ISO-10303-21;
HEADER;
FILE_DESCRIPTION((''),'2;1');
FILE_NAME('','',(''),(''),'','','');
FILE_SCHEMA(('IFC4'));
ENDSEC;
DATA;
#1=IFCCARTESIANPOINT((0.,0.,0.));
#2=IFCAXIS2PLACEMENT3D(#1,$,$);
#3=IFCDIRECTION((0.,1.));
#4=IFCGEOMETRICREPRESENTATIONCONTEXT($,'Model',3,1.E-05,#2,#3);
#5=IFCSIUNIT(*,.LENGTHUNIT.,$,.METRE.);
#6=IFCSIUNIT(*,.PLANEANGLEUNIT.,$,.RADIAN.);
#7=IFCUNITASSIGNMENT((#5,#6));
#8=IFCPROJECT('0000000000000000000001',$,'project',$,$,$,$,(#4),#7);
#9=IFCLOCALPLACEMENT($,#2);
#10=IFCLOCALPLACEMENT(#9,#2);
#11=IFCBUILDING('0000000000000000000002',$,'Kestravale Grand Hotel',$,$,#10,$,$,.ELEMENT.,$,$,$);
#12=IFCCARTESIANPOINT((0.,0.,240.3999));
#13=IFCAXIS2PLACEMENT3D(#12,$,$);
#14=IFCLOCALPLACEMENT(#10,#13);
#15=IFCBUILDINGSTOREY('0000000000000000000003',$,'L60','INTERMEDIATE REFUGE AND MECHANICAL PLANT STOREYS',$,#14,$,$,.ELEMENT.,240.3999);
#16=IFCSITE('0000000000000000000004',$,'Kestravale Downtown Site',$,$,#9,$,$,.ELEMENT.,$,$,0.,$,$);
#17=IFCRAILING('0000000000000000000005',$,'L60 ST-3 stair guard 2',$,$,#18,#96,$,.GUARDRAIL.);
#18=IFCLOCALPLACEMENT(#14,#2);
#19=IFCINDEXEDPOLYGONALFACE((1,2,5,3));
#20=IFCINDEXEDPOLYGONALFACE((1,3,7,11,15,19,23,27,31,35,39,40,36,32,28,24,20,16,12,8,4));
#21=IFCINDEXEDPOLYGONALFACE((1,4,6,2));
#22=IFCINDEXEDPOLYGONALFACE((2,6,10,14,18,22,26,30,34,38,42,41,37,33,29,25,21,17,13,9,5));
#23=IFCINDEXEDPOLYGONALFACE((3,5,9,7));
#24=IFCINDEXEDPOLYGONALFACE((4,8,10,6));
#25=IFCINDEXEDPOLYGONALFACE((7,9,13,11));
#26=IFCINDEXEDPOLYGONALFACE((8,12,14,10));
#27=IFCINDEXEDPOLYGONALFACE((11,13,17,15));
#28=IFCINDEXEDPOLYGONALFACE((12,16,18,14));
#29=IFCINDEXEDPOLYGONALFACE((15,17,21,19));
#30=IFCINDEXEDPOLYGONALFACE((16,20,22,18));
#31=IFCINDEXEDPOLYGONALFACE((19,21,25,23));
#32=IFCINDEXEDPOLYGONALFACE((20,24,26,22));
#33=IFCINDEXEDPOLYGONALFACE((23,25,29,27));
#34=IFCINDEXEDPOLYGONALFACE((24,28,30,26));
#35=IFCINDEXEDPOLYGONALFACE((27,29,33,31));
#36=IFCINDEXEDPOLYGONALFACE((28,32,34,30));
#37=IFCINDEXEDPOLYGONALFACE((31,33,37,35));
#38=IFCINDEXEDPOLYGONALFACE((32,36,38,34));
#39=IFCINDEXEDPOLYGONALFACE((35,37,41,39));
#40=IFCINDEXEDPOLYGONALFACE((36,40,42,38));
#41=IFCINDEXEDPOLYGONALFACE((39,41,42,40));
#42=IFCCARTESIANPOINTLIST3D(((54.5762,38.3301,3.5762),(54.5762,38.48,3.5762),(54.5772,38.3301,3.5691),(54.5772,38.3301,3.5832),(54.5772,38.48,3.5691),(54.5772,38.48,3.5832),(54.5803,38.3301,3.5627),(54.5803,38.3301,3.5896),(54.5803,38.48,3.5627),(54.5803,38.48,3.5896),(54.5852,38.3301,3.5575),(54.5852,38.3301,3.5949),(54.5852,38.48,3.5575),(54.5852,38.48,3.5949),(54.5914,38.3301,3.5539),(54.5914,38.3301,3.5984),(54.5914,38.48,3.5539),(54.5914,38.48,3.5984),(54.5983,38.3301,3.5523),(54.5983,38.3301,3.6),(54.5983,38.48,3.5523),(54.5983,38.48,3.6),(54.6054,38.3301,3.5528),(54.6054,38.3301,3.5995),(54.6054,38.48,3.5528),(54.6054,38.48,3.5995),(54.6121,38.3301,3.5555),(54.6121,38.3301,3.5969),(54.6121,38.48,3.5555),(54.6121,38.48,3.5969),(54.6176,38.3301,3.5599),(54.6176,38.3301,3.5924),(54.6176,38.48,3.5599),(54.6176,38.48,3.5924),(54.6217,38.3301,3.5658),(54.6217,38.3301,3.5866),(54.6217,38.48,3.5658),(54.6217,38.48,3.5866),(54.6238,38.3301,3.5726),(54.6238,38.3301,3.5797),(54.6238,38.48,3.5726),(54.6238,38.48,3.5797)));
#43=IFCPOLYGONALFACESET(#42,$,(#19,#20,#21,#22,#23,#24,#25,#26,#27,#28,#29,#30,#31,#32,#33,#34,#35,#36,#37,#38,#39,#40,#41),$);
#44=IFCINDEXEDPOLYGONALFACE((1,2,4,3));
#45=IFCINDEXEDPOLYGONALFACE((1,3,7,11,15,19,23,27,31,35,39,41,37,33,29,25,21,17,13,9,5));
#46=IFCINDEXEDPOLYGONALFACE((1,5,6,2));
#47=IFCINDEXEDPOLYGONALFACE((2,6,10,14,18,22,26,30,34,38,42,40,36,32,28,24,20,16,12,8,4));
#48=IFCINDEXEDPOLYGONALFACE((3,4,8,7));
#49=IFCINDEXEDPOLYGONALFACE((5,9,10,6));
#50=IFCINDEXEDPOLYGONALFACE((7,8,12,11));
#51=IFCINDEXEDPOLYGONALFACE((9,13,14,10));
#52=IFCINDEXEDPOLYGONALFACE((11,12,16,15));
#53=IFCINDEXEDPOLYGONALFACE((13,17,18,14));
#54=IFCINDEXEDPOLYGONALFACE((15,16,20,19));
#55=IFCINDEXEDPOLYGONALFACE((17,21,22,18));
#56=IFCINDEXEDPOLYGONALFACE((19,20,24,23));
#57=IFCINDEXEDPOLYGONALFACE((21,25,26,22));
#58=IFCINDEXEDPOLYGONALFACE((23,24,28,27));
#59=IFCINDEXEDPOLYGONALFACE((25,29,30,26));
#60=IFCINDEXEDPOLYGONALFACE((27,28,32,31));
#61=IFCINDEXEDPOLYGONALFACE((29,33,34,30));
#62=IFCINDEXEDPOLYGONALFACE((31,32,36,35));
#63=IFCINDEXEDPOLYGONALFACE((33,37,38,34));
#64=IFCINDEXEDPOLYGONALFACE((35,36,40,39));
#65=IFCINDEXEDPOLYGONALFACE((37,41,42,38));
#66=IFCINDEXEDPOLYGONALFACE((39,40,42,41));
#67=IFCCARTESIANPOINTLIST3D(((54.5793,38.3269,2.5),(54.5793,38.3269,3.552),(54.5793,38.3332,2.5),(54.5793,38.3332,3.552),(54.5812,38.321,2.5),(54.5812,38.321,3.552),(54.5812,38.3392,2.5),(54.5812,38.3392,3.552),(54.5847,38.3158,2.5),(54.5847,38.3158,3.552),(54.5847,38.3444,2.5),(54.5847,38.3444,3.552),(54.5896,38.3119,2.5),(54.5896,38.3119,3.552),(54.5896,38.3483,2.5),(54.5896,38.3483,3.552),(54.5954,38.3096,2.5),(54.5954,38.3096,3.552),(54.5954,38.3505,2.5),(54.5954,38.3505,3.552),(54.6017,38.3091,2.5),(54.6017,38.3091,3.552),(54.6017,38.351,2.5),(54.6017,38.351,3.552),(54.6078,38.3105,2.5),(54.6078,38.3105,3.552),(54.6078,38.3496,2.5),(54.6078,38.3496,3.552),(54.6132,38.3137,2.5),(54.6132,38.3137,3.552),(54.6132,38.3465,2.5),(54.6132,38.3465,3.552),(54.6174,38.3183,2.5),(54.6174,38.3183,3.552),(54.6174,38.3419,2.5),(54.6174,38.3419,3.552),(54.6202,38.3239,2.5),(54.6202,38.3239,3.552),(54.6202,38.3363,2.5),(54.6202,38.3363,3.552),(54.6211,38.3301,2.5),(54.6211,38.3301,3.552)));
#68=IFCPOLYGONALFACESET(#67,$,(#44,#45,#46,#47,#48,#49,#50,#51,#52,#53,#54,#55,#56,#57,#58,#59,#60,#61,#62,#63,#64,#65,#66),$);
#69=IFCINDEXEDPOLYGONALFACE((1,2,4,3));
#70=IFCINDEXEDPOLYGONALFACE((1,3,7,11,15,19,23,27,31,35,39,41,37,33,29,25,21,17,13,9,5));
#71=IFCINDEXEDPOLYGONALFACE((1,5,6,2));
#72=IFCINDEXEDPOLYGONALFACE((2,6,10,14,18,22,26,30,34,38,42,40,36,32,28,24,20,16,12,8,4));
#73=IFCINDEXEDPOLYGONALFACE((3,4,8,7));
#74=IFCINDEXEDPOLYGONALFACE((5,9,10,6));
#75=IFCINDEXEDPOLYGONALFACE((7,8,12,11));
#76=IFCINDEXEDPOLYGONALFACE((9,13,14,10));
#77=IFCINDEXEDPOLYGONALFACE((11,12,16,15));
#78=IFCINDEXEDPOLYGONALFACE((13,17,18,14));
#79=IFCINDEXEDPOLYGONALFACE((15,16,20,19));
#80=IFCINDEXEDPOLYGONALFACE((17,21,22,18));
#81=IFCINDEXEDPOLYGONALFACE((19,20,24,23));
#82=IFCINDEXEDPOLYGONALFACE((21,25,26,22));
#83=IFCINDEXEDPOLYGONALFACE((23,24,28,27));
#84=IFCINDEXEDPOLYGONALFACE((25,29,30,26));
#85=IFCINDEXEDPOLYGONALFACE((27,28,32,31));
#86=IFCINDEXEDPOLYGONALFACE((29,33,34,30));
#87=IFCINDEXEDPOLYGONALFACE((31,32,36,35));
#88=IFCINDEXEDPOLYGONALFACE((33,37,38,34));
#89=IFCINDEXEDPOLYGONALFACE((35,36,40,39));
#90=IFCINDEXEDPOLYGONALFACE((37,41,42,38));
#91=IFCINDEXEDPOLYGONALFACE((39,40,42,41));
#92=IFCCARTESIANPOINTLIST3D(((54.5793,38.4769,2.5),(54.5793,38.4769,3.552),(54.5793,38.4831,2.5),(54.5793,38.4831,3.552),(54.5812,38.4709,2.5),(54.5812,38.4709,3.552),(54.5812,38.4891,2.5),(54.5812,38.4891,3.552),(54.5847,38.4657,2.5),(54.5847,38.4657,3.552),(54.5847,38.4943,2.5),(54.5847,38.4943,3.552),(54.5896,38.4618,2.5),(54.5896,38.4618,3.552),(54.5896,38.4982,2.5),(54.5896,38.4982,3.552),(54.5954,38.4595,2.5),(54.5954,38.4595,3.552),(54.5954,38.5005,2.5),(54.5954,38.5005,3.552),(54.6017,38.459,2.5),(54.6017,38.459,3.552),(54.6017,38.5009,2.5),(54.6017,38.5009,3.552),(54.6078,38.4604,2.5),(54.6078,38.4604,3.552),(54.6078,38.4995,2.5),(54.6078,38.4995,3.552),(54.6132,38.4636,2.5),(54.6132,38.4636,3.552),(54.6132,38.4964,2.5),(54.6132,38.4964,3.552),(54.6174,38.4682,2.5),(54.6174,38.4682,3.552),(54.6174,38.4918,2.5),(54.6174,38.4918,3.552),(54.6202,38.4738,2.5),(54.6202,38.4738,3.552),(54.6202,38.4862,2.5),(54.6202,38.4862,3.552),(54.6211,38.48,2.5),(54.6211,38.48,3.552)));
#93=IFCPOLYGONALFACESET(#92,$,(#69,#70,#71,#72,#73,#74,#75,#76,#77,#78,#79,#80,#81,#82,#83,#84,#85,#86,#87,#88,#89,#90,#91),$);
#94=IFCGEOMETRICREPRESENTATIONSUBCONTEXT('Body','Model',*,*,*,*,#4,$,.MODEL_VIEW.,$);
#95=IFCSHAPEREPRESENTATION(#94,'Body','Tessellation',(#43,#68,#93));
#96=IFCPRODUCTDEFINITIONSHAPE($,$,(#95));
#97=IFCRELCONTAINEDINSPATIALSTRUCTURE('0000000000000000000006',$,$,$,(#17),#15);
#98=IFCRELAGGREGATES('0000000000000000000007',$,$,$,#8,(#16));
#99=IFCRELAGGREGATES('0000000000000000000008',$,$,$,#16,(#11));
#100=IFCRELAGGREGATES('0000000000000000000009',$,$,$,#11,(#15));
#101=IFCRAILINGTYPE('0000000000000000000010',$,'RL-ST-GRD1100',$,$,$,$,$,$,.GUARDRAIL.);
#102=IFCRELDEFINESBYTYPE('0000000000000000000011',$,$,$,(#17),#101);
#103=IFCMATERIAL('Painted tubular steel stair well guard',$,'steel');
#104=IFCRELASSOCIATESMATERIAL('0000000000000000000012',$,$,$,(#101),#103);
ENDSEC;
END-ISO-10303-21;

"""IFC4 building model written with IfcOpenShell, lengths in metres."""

from ifc_helpers import new_model, si_unit, direction, frame, origin, origin_2d, place, context, subcontext, project, spatial, circle, extrude, material, type_object, element, save


model = new_model("IFC4")

# Units and contexts
model_context = context("Model", 3, precision=1e-05, world=origin(), true_north=direction((0.0, 1.0)))
body_context = subcontext(model_context, "Body", "Model", "MODEL_VIEW")
ifc_project = project(units=[si_unit("LENGTHUNIT", "METRE"), si_unit("PLANEANGLEUNIT", "RADIAN")], contexts=[model_context])

# Site, building, storey
site_placement = place(None, origin())
site = spatial("IfcSite", under=ifc_project, at=site_placement, Name="Kestravale Downtown Site", CompositionType="ELEMENT", RefElevation=0.0)
building_placement = place(site_placement, origin())
building = spatial("IfcBuilding", under=site, at=building_placement, Name="Kestravale Grand Hotel", CompositionType="ELEMENT")
storey_placement = place(building_placement, frame((0.0, 0.0, 240.3999)))
storey = spatial("IfcBuildingStorey", under=building, at=storey_placement, Name="L60", Description="INTERMEDIATE REFUGE AND MECHANICAL PLANT STOREYS", CompositionType="ELEMENT", Elevation=240.3999)

# Railing
ifc_material_1 = material(Name="Painted tubular steel stair well guard", Category="steel")
railing_type_1 = type_object("IfcRailingType", Name="RL-ST-GRD1100", PredefinedType="GUARDRAIL", material=ifc_material_1)
railing_1_placement = place(storey_placement, frame((54.6001, 38.3301, 2.5)))
element("IfcRailing", 1, at=railing_1_placement, inside=storey, type_object=railing_type_1, Name="L60 ST-3 stair guard 2", PredefinedType="GUARDRAIL", context=body_context, shape_type="SweptSolid", body=[
    extrude(circle(Radius=0.0239, at=origin_2d()), frame((0.0, 0.0, 1.0762), z_axis=(0.0, 1.0, 0.0), x_axis=(-1.0, 0.0, 0.0)), (0.0, 0.0, 1.0), 0.1499),
    extrude(circle(Radius=0.021, at=origin_2d()), origin(), (0.0, 0.0, 1.0), 1.052),
    extrude(circle(Radius=0.021, at=origin_2d()), frame((0.0, 0.1499, 0.0)), (0.0, 0.0, 1.0), 1.052),
])

save(model, "model.ifc")
